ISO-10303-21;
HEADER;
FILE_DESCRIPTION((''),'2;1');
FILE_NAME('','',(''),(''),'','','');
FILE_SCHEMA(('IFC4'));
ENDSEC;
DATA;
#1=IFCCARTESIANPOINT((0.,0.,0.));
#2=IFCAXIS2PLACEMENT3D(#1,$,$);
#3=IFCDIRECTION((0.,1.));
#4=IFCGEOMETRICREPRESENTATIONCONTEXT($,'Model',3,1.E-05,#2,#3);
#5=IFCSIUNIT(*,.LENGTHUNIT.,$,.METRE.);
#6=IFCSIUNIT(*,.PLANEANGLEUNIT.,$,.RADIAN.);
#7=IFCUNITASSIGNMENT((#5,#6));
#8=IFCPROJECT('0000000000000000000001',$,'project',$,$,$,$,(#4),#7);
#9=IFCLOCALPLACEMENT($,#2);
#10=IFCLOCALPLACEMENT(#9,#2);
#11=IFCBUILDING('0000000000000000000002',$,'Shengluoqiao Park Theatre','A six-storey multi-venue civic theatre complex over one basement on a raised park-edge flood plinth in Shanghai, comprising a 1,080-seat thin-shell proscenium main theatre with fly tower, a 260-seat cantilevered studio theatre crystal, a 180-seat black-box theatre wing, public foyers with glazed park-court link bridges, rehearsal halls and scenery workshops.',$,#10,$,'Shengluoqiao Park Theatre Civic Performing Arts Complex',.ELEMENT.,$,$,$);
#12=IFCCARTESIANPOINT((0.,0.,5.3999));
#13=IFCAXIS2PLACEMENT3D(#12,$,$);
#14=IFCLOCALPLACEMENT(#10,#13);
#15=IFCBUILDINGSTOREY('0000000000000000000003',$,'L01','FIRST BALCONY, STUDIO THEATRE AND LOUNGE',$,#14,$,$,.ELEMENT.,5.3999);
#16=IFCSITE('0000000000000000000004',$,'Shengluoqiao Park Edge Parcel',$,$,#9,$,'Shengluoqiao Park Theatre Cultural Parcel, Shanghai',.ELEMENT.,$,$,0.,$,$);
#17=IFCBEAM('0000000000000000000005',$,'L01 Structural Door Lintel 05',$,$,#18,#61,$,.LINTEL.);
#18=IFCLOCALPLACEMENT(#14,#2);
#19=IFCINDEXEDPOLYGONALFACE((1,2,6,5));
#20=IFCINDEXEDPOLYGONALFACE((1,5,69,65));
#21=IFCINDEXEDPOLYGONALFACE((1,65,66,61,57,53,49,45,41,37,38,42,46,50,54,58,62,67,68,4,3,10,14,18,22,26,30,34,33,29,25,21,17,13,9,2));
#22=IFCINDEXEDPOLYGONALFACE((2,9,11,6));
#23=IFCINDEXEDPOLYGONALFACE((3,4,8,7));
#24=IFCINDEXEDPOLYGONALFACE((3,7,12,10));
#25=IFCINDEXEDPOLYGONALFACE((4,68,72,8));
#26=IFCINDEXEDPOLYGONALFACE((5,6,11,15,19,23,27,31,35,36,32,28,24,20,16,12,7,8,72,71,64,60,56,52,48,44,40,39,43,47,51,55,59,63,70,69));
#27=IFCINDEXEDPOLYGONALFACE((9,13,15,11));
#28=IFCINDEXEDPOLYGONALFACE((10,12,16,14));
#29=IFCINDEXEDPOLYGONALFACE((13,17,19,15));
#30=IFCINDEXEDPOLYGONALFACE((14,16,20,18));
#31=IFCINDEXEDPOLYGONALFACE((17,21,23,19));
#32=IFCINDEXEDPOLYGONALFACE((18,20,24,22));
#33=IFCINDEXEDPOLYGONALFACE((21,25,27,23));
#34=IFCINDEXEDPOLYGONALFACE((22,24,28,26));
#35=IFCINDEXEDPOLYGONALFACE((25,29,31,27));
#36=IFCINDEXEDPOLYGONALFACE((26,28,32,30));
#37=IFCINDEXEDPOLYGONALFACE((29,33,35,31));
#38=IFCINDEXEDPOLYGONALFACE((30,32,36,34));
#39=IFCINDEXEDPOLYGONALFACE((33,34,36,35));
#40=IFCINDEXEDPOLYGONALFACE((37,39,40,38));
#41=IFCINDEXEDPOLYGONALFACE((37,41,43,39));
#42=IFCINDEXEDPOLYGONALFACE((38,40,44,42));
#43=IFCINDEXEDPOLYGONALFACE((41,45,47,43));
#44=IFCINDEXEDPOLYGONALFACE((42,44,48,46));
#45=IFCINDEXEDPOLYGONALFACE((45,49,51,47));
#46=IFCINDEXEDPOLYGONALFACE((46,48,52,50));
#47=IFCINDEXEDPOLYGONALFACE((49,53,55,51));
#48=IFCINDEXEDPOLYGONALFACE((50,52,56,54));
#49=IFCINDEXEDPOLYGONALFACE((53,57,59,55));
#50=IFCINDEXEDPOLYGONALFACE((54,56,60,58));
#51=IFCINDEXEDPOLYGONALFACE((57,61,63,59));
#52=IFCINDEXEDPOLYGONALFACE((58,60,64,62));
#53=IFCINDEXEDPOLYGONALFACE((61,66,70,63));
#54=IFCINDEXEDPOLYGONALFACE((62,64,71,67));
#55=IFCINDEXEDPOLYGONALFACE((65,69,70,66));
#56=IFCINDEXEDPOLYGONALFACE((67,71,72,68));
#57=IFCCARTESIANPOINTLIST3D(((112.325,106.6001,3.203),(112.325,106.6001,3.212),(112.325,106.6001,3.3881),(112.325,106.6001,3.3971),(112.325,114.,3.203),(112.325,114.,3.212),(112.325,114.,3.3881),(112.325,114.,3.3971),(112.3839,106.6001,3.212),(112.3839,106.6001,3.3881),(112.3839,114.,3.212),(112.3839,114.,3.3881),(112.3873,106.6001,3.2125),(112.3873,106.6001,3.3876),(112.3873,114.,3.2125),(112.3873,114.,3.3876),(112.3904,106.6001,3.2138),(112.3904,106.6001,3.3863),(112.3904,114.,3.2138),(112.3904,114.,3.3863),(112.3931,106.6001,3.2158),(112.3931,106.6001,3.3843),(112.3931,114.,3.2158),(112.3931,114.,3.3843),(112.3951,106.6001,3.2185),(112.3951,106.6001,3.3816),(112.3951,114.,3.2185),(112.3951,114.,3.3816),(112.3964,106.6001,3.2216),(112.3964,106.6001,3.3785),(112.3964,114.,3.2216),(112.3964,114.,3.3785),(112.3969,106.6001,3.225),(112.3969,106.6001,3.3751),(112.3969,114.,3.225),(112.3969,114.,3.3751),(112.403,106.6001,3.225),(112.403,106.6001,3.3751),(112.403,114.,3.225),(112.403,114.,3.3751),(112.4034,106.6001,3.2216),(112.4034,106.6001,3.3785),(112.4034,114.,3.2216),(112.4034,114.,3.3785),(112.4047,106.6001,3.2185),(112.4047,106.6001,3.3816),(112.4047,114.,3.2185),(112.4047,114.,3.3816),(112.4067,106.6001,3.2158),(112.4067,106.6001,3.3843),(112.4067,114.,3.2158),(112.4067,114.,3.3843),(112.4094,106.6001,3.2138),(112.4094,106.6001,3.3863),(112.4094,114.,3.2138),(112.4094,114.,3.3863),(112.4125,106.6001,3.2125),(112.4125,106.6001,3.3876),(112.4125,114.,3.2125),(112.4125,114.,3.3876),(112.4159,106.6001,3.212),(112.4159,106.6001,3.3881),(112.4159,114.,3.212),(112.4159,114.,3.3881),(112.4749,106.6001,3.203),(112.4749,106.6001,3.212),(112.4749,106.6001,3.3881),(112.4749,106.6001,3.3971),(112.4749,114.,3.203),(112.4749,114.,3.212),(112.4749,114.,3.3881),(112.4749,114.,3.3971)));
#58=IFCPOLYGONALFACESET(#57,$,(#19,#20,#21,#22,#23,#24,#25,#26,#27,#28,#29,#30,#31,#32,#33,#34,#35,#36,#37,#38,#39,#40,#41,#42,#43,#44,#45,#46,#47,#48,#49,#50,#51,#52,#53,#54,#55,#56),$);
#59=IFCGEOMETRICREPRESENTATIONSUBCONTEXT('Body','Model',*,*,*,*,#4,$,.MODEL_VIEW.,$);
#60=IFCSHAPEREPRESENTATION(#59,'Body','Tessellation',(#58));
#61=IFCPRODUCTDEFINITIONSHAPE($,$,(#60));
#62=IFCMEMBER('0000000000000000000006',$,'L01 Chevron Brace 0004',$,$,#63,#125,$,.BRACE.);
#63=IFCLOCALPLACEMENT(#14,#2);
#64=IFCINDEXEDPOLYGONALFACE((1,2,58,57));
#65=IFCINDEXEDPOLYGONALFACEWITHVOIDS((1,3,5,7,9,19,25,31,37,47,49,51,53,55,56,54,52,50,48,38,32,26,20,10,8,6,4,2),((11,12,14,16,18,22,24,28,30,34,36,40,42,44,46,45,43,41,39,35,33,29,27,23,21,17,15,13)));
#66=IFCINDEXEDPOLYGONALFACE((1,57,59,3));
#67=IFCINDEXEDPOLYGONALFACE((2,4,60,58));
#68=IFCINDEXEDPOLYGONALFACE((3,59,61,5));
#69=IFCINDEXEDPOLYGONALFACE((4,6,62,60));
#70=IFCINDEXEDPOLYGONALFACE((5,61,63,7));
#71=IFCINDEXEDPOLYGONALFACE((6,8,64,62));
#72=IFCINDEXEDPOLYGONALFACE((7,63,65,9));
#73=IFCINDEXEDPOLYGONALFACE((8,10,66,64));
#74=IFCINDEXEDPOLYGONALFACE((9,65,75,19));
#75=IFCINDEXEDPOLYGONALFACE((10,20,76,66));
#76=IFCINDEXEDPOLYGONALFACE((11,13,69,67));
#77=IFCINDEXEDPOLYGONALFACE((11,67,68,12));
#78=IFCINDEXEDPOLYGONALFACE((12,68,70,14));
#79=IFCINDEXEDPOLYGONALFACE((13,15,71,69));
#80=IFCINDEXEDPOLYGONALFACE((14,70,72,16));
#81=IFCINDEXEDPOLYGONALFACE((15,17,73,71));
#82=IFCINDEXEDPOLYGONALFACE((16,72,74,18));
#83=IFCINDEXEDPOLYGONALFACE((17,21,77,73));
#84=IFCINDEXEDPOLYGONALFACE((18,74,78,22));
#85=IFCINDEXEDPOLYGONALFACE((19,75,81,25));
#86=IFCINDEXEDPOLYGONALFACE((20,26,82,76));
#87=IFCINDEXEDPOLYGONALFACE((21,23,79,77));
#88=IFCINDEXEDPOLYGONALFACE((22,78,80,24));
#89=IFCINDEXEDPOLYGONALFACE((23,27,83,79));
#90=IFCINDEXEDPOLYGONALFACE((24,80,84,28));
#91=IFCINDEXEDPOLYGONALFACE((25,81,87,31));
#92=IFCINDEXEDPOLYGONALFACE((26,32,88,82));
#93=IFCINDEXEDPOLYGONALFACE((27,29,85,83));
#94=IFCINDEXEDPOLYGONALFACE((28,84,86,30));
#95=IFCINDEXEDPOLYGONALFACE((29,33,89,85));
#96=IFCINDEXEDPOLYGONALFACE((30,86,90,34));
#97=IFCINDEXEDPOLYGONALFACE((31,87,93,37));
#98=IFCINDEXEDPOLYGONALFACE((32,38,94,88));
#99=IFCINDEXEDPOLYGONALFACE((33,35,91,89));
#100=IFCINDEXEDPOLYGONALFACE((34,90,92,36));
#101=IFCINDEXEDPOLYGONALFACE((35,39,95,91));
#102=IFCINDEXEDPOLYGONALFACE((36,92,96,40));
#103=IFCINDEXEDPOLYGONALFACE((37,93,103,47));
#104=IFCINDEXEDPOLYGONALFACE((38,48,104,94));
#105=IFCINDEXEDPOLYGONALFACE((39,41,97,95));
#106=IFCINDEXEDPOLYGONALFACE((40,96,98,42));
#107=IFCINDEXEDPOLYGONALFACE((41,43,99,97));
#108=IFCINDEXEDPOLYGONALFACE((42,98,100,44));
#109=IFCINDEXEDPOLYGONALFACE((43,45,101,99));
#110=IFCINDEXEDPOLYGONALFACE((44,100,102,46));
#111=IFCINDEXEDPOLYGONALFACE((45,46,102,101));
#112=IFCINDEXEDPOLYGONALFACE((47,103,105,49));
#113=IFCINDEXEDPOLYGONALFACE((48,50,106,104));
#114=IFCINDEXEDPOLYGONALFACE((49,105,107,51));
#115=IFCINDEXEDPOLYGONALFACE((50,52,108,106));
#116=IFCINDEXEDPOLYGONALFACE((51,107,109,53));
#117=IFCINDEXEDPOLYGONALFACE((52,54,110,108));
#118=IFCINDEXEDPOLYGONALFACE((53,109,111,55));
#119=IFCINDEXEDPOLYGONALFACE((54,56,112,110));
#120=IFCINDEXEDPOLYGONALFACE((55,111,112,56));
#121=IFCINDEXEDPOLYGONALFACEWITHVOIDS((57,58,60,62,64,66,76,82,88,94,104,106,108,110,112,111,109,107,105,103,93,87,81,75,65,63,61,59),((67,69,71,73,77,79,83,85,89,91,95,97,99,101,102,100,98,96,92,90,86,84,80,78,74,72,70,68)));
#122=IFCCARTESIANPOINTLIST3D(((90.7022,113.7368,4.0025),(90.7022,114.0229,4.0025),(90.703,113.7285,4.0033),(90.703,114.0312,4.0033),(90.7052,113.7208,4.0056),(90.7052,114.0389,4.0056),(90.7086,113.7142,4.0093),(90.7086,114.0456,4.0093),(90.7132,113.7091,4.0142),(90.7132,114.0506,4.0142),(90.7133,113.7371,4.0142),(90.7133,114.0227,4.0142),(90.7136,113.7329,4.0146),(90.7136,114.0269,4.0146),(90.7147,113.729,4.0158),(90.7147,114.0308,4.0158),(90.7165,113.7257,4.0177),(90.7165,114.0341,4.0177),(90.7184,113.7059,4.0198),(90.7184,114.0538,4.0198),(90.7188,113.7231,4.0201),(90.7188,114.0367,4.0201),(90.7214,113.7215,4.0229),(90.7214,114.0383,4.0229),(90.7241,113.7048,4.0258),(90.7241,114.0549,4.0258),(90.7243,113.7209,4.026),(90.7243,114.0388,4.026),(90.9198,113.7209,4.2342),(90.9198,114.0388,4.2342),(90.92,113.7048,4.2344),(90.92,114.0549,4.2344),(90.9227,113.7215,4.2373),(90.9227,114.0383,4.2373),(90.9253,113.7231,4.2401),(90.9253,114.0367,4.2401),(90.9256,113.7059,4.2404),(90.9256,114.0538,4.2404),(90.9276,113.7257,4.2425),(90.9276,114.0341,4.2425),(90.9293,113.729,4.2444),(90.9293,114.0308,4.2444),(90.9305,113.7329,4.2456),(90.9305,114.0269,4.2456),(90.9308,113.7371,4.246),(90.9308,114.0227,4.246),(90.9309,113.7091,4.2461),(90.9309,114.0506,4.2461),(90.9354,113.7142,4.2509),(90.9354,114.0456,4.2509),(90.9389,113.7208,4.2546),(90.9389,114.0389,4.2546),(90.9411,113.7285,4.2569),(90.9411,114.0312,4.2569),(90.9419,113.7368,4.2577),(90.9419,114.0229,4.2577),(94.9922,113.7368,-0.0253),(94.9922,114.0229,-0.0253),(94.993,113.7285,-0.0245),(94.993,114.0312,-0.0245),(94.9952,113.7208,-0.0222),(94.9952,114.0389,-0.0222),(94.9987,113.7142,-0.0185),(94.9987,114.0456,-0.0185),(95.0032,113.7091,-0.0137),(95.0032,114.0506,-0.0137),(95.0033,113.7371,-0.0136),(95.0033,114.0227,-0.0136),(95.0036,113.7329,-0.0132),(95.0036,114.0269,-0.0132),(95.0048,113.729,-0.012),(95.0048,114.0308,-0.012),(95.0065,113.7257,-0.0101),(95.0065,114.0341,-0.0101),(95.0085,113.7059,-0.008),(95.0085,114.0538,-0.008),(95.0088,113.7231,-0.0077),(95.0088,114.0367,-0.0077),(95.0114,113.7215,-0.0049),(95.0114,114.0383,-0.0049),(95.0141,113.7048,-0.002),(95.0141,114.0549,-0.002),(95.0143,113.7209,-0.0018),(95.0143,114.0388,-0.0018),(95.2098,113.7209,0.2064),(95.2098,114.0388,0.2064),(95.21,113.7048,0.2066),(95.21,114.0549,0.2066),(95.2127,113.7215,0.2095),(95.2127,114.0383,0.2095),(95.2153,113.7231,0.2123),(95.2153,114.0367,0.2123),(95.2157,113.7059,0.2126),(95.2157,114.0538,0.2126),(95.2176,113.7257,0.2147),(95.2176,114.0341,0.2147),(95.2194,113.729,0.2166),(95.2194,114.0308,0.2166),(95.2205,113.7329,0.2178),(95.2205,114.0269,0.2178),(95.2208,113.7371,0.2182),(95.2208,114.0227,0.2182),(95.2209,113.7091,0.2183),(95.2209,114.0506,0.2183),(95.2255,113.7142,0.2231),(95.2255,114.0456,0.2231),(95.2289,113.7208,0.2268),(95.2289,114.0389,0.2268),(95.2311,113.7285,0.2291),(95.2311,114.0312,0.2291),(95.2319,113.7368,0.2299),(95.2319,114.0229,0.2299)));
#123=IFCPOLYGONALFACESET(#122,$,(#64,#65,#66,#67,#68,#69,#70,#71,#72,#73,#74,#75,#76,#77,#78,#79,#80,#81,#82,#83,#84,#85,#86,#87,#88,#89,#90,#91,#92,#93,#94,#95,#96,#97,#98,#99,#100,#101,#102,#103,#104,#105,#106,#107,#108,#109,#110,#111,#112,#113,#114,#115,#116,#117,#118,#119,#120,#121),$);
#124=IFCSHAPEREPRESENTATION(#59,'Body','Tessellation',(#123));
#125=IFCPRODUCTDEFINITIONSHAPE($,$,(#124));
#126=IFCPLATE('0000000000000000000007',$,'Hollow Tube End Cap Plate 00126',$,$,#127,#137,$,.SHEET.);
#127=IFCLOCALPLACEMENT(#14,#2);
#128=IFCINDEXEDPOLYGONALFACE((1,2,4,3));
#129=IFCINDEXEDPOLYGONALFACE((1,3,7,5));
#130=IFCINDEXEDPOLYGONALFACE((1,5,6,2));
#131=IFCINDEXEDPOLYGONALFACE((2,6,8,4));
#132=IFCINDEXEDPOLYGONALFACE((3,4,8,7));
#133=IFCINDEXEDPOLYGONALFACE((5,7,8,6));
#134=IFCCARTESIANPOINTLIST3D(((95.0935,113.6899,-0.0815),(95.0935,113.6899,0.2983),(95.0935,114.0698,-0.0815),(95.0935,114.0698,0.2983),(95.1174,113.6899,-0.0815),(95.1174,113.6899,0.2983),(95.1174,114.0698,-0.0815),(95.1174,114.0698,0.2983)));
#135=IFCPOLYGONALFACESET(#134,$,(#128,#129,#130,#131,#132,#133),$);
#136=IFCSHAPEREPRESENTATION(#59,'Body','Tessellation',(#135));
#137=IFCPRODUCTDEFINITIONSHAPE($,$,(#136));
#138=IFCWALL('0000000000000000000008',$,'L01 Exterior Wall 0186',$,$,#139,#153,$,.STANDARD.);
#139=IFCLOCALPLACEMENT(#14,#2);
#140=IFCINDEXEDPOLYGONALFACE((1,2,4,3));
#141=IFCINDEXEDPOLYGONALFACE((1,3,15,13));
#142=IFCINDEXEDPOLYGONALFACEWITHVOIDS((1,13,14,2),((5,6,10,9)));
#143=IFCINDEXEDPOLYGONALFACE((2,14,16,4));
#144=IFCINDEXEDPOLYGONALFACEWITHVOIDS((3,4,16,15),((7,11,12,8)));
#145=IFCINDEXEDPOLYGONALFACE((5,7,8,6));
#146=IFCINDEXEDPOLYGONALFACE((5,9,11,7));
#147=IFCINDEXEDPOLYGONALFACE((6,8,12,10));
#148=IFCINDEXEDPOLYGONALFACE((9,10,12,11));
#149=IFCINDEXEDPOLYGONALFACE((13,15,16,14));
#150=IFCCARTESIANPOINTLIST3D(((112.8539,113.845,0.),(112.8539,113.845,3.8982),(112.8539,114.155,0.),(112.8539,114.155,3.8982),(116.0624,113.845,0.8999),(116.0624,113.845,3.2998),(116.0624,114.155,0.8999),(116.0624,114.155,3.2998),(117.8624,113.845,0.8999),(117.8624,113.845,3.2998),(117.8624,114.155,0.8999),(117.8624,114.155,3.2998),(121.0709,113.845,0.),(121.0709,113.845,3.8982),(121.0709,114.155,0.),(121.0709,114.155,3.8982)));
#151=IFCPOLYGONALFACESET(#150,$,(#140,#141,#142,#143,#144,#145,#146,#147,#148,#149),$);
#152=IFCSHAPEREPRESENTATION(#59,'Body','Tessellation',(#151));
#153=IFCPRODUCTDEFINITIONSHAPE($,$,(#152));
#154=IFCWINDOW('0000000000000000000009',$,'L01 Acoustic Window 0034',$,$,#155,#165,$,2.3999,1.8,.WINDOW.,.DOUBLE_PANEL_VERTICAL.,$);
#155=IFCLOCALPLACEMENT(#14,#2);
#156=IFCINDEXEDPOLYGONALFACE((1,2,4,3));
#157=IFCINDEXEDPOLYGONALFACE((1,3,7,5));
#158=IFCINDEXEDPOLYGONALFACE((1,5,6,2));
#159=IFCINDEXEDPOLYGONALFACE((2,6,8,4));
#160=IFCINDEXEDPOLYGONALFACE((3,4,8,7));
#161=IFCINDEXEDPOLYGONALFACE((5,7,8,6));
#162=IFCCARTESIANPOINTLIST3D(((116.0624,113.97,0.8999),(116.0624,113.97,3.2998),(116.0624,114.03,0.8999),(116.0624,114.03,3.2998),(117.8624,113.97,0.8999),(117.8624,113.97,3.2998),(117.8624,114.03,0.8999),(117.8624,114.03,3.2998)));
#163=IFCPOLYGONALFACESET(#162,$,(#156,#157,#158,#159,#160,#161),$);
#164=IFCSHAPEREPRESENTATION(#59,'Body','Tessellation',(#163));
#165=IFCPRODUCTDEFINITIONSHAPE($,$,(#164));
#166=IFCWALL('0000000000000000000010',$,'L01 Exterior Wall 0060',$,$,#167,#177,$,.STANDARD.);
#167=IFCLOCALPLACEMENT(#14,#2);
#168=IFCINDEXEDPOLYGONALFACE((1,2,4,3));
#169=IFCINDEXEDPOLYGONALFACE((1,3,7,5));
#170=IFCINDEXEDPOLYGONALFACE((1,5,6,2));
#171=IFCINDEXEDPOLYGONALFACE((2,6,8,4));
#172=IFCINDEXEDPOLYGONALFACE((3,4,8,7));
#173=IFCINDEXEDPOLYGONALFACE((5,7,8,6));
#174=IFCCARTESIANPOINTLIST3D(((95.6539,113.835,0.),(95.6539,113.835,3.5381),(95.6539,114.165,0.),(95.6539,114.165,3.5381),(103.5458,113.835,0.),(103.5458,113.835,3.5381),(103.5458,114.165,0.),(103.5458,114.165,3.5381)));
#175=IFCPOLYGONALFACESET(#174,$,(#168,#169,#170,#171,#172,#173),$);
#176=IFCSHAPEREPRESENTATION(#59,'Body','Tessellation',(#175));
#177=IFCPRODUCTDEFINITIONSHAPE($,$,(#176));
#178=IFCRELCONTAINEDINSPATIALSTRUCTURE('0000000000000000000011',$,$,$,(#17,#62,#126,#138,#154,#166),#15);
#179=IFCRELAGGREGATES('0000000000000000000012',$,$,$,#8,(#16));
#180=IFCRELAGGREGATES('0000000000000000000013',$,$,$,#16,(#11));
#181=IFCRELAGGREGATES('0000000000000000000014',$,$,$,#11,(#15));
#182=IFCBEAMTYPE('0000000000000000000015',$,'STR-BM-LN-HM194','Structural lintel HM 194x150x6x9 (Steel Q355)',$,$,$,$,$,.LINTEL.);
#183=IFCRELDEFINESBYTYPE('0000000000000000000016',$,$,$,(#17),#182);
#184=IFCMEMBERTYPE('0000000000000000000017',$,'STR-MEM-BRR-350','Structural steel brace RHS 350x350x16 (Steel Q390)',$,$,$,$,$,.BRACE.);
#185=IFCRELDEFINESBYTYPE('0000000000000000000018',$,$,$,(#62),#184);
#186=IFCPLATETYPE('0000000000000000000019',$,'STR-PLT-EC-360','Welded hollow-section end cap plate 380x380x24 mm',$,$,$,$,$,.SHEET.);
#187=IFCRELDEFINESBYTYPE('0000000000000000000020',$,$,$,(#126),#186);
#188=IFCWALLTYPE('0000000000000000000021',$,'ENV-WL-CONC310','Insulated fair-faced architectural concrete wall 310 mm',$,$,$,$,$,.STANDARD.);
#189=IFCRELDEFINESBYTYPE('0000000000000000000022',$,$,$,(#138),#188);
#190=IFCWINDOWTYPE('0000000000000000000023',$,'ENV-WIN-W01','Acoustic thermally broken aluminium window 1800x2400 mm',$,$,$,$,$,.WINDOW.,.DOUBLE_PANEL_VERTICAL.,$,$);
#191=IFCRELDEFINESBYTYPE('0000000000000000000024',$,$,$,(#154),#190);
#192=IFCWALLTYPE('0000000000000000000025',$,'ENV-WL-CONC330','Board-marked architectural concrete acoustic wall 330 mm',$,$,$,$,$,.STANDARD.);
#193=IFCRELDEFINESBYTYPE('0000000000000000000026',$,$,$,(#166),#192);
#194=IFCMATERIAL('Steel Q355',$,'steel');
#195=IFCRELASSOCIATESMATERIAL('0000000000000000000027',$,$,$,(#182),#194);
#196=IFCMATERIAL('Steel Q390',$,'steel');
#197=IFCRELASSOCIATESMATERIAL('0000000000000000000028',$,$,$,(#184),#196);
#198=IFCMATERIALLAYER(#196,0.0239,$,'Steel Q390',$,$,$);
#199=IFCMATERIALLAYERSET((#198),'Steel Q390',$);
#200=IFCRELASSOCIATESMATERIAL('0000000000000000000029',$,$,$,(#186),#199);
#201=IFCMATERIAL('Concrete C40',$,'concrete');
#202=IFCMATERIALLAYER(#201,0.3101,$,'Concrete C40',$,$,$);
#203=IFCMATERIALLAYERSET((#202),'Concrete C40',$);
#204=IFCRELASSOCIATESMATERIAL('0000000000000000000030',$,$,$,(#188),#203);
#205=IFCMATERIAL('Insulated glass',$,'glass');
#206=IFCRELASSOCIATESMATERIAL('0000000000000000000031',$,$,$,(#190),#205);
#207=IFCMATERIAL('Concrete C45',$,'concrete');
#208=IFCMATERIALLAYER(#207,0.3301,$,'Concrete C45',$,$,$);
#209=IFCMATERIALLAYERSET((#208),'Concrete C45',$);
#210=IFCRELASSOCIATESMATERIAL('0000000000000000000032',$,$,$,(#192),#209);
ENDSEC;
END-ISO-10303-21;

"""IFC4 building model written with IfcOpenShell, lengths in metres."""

from ifc_helpers import new_model, si_unit, direction, frame, frame_2d, origin, origin_2d, place, context, subcontext, project, spatial, rectangle, hollow_rectangle, i_section, extrude, material, layer, layer_set, material_profile, profile_set, type_object, element, fill, save


model = new_model("IFC4")

# Units and contexts
model_context = context("Model", 3, precision=1e-05, world=origin(), true_north=direction((0.0, 1.0)))
body_context = subcontext(model_context, "Body", "Model", "MODEL_VIEW")
ifc_project = project(units=[si_unit("LENGTHUNIT", "METRE"), si_unit("PLANEANGLEUNIT", "RADIAN")], contexts=[model_context])

# Site, building, storey
site_placement = place(None, origin())
site = spatial("IfcSite", under=ifc_project, at=site_placement, Name="Shengluoqiao Park Edge Parcel", LongName="Shengluoqiao Park Theatre Cultural Parcel, Shanghai", CompositionType="ELEMENT", RefElevation=0.0)
building_placement = place(site_placement, origin())
building = spatial("IfcBuilding", under=site, at=building_placement, Name="Shengluoqiao Park Theatre", Description="A six-storey multi-venue civic theatre complex over one basement on a raised park-edge flood plinth in Shanghai, comprising a 1,080-seat thin-shell proscenium main theatre with fly tower, a 260-seat cantilevered studio theatre crystal, a 180-seat black-box theatre wing, public foyers with glazed park-court link bridges, rehearsal halls and scenery workshops.", LongName="Shengluoqiao Park Theatre Civic Performing Arts Complex", CompositionType="ELEMENT")
storey_placement = place(building_placement, frame((0.0, 0.0, 5.3999)))
storey = spatial("IfcBuildingStorey", under=building, at=storey_placement, Name="L01", Description="FIRST BALCONY, STUDIO THEATRE AND LOUNGE", CompositionType="ELEMENT", Elevation=5.3999)

# Beam
ifc_material_1 = material(Name="Steel Q355", Category="steel")
ifc_material_2 = material(Name="Steel Q390", Category="steel")
ifc_material_profile_1 = material_profile(ifc_material_1, i_section(OverallWidth=0.1499, OverallDepth=0.1941, WebThickness=0.0061, FlangeThickness=0.009, FilletRadius=0.0129, at=origin_2d()), Name="HM 194x150x6x9")
ifc_profile_set_1 = profile_set([ifc_material_profile_1], Name="Steel Q355")
beam_type_1 = type_object("IfcBeamType", Name="STR-BM-LN-HM194", Description="Structural lintel HM 194x150x6x9 (Steel Q355)", PredefinedType="LINTEL", material=ifc_profile_set_1)
beam_1_placement = place(storey_placement, frame((112.3999, 106.6001, 3.3), z_axis=(0.0, 1.0, 0.0), x_axis=(-1.0, 0.0, 0.0)))
element("IfcBeam", 1, at=beam_1_placement, inside=storey, type_object=beam_type_1, Name="L01 Structural Door Lintel 05", PredefinedType="LINTEL", context=body_context, shape_type="SweptSolid", body=[
    extrude(i_section(OverallWidth=0.1499, OverallDepth=0.1941, WebThickness=0.0061, FlangeThickness=0.009, FilletRadius=0.0129, at=origin_2d()), origin(), (0.0, 0.0, 1.0), 7.3999),
])

# Member
ifc_material_profile_2 = material_profile(ifc_material_2, hollow_rectangle(XDim=0.3501, YDim=0.3501, WallThickness=0.0161, InnerFilletRadius=0.0161, OuterFilletRadius=0.032, at=origin_2d()), Name="RHS 350x350x16")
ifc_profile_set_2 = profile_set([ifc_material_profile_2], Name="Steel Q390")
member_type = type_object("IfcMemberType", Name="STR-MEM-BRR-350", Description="Structural steel brace RHS 350x350x16 (Steel Q390)", PredefinedType="BRACE", material=ifc_profile_set_2)
member_placement = place(storey_placement, frame((95.1121, 113.8799, 0.1023), z_axis=(-0.729035, 0.0, 0.684476), x_axis=(0.0, -1.0, 0.0)))
element("IfcMember", 2, at=member_placement, inside=storey, type_object=member_type, Name="L01 Chevron Brace 0004", PredefinedType="BRACE", context=body_context, shape_type="SweptSolid", body=[
    extrude(hollow_rectangle(XDim=0.3501, YDim=0.3501, WallThickness=0.0161, InnerFilletRadius=0.0161, OuterFilletRadius=0.032, at=origin_2d()), origin(), (0.0, 0.0, 1.0), 5.8845),
])

# Plate
ifc_layer_1 = layer(ifc_material_2, 0.0239, Name="Steel Q390")
ifc_layer_set_1 = layer_set([ifc_layer_1], Name="Steel Q390")
plate_type = type_object("IfcPlateType", Name="STR-PLT-EC-360", Description="Welded hollow-section end cap plate 380x380x24 mm", PredefinedType="SHEET", material=ifc_layer_set_1)
plate_placement = place(storey_placement, frame((95.1055, 113.8799, -0.0815), z_axis=(0.0, 0.0, 1.0), x_axis=(-1.0, 0.0, 0.0)))
element("IfcPlate", 3, at=plate_placement, inside=storey, type_object=plate_type, Name="Hollow Tube End Cap Plate 00126", PredefinedType="SHEET", context=body_context, shape_type="SweptSolid", body=[
    extrude(rectangle(XDim=0.0239, YDim=0.3799, at=origin_2d()), origin(), (0.0, 0.0, 1.0), 0.3799),
])

# Wall, opening, window
ifc_material_3 = material(Name="Concrete C40", Category="concrete")
ifc_layer_2 = layer(ifc_material_3, 0.3101, Name="Concrete C40")
ifc_layer_set_2 = layer_set([ifc_layer_2], Name="Concrete C40")
wall_type_1 = type_object("IfcWallType", Name="ENV-WL-CONC310", Description="Insulated fair-faced architectural concrete wall 310 mm", PredefinedType="STANDARD", material=ifc_layer_set_2)
wall_1_placement = place(storey_placement, frame((112.854, 114.0, 0.0), z_axis=(0.0, 0.0, 1.0), x_axis=(1.0, 0.0, 0.0)))
wall_1 = element("IfcWall", 4, at=wall_1_placement, inside=storey, type_object=wall_type_1, Name="L01 Exterior Wall 0186", PredefinedType="STANDARD", context=body_context, shape_type="SweptSolid", body=[
    extrude(rectangle(XDim=8.217, YDim=0.3101, at=frame_2d((4.1084, 0.0))), origin(), (0.0, 0.0, 1.0), 3.8982),
])
opening_placement = place(wall_1_placement, frame((3.2085, 0.0, 0.8999)))
opening = element("IfcOpeningElement", 5, at=opening_placement, cuts=wall_1, PredefinedType="OPENING", context=body_context, shape_type="SweptSolid", body=[
    extrude(rectangle(XDim=1.8, YDim=2.3999, at=frame_2d((0.8999, 1.2))), frame((0.0, 0.165, 0.0), z_axis=(0.0, -1.0, 0.0), x_axis=(1.0, 0.0, 0.0)), (0.0, 0.0, 1.0), 0.3301),
])
ifc_material_4 = material(Name="Insulated glass", Category="glass")
window_type = type_object("IfcWindowType", Name="ENV-WIN-W01", Description="Acoustic thermally broken aluminium window 1800x2400 mm", PartitioningType="DOUBLE_PANEL_VERTICAL", PredefinedType="WINDOW", material=ifc_material_4)
window_placement = place(opening_placement, origin())
window = element("IfcWindow", 6, at=window_placement, inside=storey, type_object=window_type, Name="L01 Acoustic Window 0034", OverallHeight=2.3999, OverallWidth=1.8, PartitioningType="DOUBLE_PANEL_VERTICAL", PredefinedType="WINDOW", context=body_context, shape_type="SweptSolid", body=[
    extrude(rectangle(XDim=1.8, YDim=2.3999, at=frame_2d((0.8999, 1.2))), frame((0.0, 0.03, 0.0), z_axis=(0.0, -1.0, 0.0), x_axis=(1.0, 0.0, 0.0)), (0.0, 0.0, 1.0), 0.0601),
])
fill(opening, window)

# Wall
ifc_material_5 = material(Name="Concrete C45", Category="concrete")
ifc_layer_3 = layer(ifc_material_5, 0.3301, Name="Concrete C45")
ifc_layer_set_3 = layer_set([ifc_layer_3], Name="Concrete C45")
wall_type_2 = type_object("IfcWallType", Name="ENV-WL-CONC330", Description="Board-marked architectural concrete acoustic wall 330 mm", PredefinedType="STANDARD", material=ifc_layer_set_3)
wall_2_placement = place(storey_placement, frame((95.6541, 114.0, 0.0), z_axis=(0.0, 0.0, 1.0), x_axis=(1.0, 0.0, 0.0)))
element("IfcWall", 7, at=wall_2_placement, inside=storey, type_object=wall_type_2, Name="L01 Exterior Wall 0060", PredefinedType="STANDARD", context=body_context, shape_type="SweptSolid", body=[
    extrude(rectangle(XDim=7.8918, YDim=0.3301, at=frame_2d((3.9458, 0.0))), origin(), (0.0, 0.0, 1.0), 3.5381),
])

save(model, "model.ifc")
